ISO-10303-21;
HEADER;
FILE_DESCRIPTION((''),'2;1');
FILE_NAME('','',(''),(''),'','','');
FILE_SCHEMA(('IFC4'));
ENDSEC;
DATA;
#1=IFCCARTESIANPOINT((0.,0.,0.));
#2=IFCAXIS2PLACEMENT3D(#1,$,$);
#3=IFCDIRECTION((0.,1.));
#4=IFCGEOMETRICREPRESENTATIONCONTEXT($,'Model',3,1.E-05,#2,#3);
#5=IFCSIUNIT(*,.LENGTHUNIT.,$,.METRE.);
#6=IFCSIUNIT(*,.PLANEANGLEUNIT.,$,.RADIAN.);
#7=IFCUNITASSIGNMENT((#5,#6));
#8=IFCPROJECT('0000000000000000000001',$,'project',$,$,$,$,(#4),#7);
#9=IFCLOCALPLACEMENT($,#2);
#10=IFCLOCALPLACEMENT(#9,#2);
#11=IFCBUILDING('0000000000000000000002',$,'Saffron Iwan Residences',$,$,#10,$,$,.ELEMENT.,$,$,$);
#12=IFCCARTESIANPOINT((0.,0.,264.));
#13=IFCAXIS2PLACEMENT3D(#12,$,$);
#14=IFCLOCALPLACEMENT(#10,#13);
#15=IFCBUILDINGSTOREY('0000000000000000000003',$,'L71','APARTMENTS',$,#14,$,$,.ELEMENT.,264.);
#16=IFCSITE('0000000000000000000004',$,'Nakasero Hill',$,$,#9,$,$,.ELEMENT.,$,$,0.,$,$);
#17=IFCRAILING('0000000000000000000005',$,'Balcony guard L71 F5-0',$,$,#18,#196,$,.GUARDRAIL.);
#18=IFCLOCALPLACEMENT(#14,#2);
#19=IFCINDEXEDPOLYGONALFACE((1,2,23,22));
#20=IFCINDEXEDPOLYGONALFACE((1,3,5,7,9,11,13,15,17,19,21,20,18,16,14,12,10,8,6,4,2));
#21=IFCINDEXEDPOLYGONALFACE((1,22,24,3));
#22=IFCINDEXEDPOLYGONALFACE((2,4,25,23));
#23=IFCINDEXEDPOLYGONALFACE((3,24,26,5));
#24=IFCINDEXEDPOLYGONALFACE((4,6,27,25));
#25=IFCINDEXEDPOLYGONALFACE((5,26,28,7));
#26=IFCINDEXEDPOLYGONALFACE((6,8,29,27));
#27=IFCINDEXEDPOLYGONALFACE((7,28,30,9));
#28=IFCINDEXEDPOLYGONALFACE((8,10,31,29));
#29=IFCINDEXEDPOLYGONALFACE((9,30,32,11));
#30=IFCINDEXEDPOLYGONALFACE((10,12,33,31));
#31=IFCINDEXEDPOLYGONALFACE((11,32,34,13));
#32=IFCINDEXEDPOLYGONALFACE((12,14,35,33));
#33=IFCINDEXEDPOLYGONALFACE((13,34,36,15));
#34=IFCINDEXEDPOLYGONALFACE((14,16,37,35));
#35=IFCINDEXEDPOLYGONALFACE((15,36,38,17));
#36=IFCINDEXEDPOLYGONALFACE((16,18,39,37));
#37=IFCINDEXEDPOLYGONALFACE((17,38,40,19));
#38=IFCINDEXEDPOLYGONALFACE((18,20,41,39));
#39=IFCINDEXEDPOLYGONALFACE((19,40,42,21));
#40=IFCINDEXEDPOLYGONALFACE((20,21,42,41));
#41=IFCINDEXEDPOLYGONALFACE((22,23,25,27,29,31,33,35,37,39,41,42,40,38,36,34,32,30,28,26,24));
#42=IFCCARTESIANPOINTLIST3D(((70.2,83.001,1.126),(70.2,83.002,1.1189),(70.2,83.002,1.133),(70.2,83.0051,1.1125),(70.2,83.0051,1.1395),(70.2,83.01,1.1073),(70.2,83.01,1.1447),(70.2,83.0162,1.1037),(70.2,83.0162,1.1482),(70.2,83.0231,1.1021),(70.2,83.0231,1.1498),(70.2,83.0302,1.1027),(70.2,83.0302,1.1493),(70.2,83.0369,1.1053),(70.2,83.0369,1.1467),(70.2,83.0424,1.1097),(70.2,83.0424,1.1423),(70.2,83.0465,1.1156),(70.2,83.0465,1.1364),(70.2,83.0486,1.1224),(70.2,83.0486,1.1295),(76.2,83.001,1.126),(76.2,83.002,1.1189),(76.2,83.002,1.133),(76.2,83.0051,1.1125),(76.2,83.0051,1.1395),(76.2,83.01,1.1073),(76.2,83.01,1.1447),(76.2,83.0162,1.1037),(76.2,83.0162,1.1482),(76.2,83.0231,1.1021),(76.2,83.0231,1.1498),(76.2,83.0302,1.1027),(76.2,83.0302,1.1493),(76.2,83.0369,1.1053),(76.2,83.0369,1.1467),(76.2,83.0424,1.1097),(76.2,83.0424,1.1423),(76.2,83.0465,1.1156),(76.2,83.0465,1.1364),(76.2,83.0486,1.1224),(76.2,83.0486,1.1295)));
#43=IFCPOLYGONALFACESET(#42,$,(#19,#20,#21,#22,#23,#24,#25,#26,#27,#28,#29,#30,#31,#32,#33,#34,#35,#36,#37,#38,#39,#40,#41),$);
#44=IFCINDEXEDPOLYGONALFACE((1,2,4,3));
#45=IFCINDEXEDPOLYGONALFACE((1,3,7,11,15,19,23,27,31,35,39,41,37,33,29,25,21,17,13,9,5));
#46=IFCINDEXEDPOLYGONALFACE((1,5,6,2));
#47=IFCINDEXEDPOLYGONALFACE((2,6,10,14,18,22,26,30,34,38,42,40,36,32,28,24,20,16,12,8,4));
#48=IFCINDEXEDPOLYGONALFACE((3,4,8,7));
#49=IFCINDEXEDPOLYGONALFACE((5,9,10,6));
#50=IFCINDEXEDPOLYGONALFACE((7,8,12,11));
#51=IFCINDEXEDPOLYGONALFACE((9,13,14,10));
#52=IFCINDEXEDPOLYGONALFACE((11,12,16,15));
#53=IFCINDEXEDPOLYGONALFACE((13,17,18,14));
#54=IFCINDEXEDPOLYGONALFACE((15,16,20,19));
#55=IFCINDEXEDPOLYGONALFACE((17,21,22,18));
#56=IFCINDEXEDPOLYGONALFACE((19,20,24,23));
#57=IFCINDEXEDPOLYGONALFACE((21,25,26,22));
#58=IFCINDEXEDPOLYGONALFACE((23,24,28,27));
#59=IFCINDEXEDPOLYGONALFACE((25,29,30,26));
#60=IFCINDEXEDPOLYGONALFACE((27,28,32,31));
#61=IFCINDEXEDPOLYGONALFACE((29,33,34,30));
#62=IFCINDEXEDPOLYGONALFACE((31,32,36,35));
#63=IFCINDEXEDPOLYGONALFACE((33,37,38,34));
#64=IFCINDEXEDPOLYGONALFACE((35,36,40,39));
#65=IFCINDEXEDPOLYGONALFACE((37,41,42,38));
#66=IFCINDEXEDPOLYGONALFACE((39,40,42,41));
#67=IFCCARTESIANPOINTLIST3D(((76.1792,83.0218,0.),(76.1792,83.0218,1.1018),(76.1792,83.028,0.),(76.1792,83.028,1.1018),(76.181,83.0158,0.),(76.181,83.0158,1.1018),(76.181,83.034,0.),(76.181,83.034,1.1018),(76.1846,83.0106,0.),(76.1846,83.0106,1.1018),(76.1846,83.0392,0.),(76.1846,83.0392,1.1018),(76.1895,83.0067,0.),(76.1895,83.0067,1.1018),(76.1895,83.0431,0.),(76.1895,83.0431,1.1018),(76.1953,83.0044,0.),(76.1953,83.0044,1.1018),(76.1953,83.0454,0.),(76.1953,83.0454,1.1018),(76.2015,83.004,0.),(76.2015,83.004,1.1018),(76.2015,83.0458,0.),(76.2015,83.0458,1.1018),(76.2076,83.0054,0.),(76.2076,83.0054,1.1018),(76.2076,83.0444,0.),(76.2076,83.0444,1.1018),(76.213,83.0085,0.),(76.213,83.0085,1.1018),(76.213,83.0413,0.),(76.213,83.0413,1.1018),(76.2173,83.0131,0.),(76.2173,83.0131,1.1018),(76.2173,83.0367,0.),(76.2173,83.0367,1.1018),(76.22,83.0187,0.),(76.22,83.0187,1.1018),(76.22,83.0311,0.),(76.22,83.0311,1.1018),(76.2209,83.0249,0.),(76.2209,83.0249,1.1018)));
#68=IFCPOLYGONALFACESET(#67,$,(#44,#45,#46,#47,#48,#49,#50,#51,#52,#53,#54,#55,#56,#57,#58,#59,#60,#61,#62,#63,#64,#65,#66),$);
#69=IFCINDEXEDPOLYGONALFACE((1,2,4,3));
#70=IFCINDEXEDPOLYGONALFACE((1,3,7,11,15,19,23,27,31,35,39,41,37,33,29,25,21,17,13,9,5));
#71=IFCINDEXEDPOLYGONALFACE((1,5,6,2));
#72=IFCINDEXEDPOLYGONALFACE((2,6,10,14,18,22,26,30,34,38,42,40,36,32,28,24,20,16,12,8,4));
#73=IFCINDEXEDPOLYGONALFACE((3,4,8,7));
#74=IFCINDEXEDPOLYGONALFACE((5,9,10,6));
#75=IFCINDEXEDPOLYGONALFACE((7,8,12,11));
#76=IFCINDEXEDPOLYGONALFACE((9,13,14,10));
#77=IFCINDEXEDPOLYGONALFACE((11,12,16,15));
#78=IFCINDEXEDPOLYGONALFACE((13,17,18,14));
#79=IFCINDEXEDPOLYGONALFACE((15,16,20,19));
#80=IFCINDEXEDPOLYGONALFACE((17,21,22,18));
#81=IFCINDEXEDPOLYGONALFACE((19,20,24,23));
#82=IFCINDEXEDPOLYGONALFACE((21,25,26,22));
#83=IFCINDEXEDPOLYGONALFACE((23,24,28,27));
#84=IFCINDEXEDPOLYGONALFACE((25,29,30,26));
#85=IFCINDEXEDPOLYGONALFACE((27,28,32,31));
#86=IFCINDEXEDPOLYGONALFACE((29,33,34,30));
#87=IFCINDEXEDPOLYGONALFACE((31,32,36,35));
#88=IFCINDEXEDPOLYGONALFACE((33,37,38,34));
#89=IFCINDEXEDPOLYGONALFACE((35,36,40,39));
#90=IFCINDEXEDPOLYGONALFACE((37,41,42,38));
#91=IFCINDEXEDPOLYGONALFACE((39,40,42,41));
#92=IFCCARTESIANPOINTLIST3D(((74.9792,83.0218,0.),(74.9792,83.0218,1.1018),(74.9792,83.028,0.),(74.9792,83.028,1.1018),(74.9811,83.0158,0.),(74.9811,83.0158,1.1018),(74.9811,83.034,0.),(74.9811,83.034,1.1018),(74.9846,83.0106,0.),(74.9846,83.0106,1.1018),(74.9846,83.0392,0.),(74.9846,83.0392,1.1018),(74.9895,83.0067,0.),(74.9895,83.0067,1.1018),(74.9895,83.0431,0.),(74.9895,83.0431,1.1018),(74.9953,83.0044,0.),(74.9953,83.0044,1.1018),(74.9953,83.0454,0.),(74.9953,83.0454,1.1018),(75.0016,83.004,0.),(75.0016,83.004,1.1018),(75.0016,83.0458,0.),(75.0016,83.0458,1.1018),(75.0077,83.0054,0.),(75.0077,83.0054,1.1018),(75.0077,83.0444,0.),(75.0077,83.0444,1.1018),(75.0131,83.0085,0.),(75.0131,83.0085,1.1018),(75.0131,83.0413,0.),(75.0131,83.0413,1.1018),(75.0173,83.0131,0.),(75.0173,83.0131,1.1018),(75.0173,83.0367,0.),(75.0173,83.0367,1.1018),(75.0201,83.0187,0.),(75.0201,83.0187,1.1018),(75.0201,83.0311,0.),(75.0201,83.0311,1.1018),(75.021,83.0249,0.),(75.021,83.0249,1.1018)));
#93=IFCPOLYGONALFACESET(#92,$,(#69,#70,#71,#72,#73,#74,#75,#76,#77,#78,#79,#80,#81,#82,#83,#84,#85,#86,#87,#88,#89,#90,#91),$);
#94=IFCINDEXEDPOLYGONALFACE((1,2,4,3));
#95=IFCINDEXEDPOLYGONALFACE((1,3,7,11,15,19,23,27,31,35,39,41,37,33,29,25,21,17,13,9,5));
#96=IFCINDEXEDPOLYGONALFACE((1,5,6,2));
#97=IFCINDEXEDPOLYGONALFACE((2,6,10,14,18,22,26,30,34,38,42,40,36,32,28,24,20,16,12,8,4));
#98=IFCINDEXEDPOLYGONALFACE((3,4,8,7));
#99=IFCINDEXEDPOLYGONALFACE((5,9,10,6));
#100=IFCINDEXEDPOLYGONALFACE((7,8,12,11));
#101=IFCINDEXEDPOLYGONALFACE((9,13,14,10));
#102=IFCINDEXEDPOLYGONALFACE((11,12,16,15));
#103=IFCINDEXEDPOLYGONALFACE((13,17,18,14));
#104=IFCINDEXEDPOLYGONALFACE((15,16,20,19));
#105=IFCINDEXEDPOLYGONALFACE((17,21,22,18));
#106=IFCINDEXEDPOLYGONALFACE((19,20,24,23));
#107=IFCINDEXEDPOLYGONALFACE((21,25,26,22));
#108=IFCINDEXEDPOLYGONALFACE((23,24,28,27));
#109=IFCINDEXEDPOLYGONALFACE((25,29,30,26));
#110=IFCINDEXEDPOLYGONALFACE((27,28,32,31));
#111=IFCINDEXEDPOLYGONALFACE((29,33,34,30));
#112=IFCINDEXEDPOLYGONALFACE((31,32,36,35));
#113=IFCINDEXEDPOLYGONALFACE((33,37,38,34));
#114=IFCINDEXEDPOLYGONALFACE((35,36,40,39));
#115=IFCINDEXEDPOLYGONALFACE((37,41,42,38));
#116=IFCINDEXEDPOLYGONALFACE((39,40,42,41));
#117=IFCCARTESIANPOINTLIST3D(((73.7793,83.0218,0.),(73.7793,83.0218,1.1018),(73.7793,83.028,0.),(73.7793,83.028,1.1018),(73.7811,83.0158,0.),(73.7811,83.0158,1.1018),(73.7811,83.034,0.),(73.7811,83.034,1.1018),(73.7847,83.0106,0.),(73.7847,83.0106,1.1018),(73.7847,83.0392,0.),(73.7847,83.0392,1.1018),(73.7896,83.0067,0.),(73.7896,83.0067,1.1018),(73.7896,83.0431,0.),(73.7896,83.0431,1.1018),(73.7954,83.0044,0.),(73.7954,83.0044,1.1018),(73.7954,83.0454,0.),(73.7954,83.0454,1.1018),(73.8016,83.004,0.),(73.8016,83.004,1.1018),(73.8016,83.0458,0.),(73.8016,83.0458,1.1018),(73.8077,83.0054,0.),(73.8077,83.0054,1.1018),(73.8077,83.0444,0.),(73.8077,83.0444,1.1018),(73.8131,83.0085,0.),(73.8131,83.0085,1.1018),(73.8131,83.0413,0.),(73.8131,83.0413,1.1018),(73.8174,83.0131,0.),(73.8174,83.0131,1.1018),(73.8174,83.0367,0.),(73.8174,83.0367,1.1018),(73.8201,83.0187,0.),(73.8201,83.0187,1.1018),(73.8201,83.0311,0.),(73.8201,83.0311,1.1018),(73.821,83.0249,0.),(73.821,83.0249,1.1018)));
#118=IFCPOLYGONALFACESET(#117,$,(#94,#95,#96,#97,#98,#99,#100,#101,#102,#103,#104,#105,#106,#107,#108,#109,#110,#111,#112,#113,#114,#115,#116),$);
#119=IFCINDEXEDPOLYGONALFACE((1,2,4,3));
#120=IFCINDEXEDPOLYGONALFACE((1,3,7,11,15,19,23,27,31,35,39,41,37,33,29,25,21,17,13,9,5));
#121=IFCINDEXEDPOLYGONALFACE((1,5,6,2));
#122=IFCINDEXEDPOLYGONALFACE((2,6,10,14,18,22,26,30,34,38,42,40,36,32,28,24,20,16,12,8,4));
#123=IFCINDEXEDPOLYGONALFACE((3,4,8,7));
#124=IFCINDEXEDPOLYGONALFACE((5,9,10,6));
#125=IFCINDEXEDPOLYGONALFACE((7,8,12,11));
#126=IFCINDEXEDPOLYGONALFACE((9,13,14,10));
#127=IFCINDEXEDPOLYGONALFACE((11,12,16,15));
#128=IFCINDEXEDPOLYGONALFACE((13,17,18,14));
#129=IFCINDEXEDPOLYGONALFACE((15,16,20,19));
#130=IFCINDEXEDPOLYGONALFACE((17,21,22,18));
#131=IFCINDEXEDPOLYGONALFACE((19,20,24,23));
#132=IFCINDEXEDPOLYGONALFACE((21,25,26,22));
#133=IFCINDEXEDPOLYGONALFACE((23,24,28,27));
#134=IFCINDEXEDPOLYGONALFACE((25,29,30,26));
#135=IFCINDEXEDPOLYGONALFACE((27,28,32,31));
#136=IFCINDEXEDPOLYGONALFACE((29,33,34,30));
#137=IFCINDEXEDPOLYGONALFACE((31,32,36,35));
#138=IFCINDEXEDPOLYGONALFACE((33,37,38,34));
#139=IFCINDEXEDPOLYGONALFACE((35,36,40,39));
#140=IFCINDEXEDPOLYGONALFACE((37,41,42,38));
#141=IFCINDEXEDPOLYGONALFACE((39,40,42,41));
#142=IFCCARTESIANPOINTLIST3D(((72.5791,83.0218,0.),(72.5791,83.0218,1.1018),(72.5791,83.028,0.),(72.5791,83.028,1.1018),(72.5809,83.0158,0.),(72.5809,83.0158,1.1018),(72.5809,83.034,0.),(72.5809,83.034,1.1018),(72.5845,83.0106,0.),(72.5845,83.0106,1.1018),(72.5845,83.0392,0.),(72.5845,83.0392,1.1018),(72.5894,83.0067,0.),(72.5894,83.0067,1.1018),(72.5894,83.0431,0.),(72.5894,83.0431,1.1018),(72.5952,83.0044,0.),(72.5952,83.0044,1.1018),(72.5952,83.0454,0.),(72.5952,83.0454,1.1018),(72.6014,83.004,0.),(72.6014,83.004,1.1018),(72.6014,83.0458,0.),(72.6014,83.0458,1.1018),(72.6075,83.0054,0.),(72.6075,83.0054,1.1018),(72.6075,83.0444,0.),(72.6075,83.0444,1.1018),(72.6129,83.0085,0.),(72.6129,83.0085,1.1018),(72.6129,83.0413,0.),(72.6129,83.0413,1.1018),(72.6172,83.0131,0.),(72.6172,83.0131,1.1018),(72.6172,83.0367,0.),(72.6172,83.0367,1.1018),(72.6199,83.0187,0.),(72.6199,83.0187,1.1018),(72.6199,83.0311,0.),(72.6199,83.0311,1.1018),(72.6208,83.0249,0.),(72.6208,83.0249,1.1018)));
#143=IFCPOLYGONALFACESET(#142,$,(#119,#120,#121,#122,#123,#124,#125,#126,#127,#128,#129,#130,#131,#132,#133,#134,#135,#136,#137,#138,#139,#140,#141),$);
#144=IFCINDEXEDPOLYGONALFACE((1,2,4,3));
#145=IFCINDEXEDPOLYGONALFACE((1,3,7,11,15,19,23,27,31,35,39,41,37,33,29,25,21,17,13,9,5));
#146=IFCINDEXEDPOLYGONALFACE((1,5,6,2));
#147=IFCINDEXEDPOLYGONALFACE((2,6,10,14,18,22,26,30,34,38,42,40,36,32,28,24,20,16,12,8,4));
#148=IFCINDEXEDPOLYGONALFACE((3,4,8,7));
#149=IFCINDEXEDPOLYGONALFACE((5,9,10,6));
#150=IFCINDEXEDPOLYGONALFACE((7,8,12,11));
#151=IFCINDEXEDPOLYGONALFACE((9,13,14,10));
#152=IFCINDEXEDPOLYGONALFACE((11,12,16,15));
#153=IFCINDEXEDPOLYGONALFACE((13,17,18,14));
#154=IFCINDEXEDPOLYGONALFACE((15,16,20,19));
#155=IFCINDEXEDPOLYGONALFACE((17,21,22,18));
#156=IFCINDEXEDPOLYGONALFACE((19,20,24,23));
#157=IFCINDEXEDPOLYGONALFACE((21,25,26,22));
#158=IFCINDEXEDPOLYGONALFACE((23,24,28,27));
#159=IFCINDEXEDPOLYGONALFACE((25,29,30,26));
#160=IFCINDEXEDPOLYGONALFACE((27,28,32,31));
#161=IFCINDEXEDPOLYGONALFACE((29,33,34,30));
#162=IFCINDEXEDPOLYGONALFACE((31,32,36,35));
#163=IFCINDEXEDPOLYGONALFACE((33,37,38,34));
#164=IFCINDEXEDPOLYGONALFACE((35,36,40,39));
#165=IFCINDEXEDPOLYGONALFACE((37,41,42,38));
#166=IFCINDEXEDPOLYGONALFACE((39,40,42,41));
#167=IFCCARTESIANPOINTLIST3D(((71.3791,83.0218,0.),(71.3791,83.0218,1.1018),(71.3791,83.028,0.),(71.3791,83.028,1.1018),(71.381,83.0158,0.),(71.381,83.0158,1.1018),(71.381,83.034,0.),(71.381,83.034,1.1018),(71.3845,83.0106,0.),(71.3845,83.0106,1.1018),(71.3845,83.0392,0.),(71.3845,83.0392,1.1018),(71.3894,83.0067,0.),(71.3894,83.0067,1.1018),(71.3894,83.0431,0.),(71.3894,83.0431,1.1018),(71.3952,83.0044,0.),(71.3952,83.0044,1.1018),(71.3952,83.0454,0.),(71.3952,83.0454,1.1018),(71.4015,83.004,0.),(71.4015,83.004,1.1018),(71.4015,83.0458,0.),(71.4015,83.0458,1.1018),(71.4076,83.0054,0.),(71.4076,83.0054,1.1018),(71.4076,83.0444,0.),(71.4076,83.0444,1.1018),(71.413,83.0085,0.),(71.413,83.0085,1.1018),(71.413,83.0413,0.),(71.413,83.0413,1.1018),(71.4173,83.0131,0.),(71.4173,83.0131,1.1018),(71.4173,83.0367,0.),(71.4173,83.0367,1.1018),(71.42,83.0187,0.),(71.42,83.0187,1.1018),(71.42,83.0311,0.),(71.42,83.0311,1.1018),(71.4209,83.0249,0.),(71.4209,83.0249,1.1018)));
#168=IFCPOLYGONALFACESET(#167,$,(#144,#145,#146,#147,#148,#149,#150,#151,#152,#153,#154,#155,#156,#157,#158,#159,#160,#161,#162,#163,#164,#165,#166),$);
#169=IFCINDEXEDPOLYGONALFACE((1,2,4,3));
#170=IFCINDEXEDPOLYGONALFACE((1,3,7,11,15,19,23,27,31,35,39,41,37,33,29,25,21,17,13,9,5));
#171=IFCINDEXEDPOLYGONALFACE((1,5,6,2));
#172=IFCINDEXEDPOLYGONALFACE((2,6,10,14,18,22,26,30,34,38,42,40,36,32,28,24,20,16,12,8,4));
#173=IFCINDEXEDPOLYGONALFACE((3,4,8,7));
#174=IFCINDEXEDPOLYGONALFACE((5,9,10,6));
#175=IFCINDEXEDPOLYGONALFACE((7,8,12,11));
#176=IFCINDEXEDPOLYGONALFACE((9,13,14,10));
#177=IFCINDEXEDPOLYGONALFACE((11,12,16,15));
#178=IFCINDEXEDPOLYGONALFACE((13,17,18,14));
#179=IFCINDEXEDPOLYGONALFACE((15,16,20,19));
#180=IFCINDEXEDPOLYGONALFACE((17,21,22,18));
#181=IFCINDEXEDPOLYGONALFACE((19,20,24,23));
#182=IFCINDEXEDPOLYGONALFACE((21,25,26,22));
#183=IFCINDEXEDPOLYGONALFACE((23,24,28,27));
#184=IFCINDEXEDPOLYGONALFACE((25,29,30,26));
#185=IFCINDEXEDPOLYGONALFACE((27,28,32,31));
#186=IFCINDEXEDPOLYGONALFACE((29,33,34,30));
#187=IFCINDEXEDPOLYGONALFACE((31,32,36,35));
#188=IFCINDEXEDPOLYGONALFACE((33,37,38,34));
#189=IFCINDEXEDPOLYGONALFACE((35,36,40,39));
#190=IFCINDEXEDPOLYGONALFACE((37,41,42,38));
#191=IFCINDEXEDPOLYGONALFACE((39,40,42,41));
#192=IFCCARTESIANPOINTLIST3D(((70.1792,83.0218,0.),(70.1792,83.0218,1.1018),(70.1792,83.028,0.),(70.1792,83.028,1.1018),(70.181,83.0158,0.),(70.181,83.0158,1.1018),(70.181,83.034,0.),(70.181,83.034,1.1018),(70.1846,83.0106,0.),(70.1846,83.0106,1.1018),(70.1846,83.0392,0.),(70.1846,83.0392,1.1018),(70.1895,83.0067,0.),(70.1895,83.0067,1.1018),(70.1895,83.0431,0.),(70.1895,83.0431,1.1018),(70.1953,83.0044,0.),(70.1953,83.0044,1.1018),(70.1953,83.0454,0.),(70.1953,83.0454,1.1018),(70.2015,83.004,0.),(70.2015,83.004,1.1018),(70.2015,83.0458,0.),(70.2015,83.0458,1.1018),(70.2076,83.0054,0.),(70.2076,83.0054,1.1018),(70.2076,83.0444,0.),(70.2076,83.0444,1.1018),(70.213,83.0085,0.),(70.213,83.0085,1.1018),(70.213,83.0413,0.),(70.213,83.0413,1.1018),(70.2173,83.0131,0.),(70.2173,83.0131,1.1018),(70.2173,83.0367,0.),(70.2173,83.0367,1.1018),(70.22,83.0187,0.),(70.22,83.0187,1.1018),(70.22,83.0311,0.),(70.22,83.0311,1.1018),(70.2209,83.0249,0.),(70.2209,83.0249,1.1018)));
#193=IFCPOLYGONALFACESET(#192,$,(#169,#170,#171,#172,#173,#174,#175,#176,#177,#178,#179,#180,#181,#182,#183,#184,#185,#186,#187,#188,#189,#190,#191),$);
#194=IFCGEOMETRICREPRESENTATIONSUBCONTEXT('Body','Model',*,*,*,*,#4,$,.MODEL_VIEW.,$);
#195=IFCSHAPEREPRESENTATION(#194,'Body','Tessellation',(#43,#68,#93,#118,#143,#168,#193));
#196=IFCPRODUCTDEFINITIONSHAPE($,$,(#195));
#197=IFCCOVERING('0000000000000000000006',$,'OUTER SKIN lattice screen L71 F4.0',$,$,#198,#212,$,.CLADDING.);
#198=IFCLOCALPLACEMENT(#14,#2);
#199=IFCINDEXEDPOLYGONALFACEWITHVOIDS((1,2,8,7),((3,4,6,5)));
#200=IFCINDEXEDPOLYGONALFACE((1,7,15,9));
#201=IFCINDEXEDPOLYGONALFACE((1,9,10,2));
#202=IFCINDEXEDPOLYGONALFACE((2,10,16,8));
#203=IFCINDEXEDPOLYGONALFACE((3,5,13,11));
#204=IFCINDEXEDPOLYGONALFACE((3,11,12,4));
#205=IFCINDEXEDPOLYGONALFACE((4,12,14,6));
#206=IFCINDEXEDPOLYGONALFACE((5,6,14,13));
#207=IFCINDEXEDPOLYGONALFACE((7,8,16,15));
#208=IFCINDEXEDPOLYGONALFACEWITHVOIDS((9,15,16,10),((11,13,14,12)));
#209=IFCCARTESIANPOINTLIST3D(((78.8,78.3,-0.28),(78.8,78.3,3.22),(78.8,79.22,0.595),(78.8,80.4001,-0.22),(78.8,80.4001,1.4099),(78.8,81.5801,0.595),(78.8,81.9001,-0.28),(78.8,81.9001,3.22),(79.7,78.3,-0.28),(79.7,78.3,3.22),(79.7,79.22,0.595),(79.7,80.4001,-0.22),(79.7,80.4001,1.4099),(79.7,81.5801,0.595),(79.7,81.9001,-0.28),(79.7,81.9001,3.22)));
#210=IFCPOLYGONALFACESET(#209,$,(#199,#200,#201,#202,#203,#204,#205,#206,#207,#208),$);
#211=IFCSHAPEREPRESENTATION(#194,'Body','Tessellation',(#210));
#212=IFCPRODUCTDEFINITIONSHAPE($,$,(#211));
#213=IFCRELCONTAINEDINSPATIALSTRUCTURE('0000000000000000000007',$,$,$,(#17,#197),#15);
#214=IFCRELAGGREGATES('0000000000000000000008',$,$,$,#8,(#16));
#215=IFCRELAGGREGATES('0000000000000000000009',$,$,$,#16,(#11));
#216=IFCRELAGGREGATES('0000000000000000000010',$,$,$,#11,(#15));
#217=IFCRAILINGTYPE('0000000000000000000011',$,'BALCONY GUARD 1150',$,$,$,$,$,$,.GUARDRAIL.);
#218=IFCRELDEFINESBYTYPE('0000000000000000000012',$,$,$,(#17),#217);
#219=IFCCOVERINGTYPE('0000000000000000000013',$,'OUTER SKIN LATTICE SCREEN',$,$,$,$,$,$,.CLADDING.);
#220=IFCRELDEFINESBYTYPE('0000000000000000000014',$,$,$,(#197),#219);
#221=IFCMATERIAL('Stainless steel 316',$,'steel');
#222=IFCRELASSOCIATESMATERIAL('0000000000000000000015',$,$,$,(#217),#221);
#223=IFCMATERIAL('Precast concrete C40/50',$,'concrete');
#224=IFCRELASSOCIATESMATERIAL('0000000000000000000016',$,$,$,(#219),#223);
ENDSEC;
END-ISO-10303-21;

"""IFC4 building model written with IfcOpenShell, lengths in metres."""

from ifc_helpers import new_model, si_unit, direction, frame, origin, origin_2d, place, context, subcontext, project, spatial, polyline, circle, outline, extrude, material, type_object, element, save


model = new_model("IFC4")

# Units and contexts
model_context = context("Model", 3, precision=1e-05, world=origin(), true_north=direction((0.0, 1.0)))
body_context = subcontext(model_context, "Body", "Model", "MODEL_VIEW")
ifc_project = project(units=[si_unit("LENGTHUNIT", "METRE"), si_unit("PLANEANGLEUNIT", "RADIAN")], contexts=[model_context])

# Site, building, storey
site_placement = place(None, origin())
site = spatial("IfcSite", under=ifc_project, at=site_placement, Name="Nakasero Hill", CompositionType="ELEMENT", RefElevation=0.0)
building_placement = place(site_placement, origin())
building = spatial("IfcBuilding", under=site, at=building_placement, Name="Saffron Iwan Residences", CompositionType="ELEMENT")
storey_placement = place(building_placement, frame((0.0, 0.0, 264.0)))
storey = spatial("IfcBuildingStorey", under=building, at=storey_placement, Name="L71", Description="APARTMENTS", CompositionType="ELEMENT", Elevation=264.0)

# Railing
ifc_material_1 = material(Name="Stainless steel 316", Category="steel")
railing_type = type_object("IfcRailingType", Name="BALCONY GUARD 1150", PredefinedType="GUARDRAIL", material=ifc_material_1)
railing_placement = place(storey_placement, frame((76.2, 83.0249, 0.0)))
element("IfcRailing", 1, at=railing_placement, inside=storey, type_object=railing_type, Name="Balcony guard L71 F5-0", PredefinedType="GUARDRAIL", context=body_context, shape_type="SweptSolid", body=[
    extrude(circle(Radius=0.0239, at=origin_2d()), frame((0.0, 0.0, 1.126), z_axis=(-1.0, 0.0, 0.0), x_axis=(0.0, -1.0, 0.0)), (0.0, 0.0, 1.0), 6.0),
    extrude(circle(Radius=0.021, at=origin_2d()), origin(), (0.0, 0.0, 1.0), 1.1018),
    extrude(circle(Radius=0.021, at=origin_2d()), frame((-1.2, 0.0, 0.0)), (0.0, 0.0, 1.0), 1.1018),
    extrude(circle(Radius=0.021, at=origin_2d()), frame((-2.3999, 0.0, 0.0)), (0.0, 0.0, 1.0), 1.1018),
    extrude(circle(Radius=0.021, at=origin_2d()), frame((-3.6001, 0.0, 0.0)), (0.0, 0.0, 1.0), 1.1018),
    extrude(circle(Radius=0.021, at=origin_2d()), frame((-4.8, 0.0, 0.0)), (0.0, 0.0, 1.0), 1.1018),
    extrude(circle(Radius=0.021, at=origin_2d()), frame((-6.0, 0.0, 0.0)), (0.0, 0.0, 1.0), 1.1018),
])

# Covering
ifc_material_2 = material(Name="Precast concrete C40/50", Category="concrete")
covering_type_1 = type_object("IfcCoveringType", Name="OUTER SKIN LATTICE SCREEN", PredefinedType="CLADDING", material=ifc_material_2)
covering_1_placement = place(storey_placement, frame((78.8, 78.3, -0.28), z_axis=(1.0, 0.0, 0.0), x_axis=(0.0, 1.0, 0.0)))
element("IfcCovering", 2, at=covering_1_placement, inside=storey, type_object=covering_type_1, Name="OUTER SKIN lattice screen L71 F4.0", PredefinedType="CLADDING", context=body_context, shape_type="SweptSolid", body=[
    extrude(outline(polyline([(0.0, 0.0), (3.6001, 0.0), (3.6001, 3.5), (0.0, 3.5), (0.0, 0.0)]), holes=[polyline([(0.9199, 0.875), (2.1001, 0.0601), (3.28, 0.875), (2.1001, 1.6899), (0.9199, 0.875)])]), origin(), (0.0, 0.0, 1.0), 0.8999),
])

save(model, "model.ifc")
